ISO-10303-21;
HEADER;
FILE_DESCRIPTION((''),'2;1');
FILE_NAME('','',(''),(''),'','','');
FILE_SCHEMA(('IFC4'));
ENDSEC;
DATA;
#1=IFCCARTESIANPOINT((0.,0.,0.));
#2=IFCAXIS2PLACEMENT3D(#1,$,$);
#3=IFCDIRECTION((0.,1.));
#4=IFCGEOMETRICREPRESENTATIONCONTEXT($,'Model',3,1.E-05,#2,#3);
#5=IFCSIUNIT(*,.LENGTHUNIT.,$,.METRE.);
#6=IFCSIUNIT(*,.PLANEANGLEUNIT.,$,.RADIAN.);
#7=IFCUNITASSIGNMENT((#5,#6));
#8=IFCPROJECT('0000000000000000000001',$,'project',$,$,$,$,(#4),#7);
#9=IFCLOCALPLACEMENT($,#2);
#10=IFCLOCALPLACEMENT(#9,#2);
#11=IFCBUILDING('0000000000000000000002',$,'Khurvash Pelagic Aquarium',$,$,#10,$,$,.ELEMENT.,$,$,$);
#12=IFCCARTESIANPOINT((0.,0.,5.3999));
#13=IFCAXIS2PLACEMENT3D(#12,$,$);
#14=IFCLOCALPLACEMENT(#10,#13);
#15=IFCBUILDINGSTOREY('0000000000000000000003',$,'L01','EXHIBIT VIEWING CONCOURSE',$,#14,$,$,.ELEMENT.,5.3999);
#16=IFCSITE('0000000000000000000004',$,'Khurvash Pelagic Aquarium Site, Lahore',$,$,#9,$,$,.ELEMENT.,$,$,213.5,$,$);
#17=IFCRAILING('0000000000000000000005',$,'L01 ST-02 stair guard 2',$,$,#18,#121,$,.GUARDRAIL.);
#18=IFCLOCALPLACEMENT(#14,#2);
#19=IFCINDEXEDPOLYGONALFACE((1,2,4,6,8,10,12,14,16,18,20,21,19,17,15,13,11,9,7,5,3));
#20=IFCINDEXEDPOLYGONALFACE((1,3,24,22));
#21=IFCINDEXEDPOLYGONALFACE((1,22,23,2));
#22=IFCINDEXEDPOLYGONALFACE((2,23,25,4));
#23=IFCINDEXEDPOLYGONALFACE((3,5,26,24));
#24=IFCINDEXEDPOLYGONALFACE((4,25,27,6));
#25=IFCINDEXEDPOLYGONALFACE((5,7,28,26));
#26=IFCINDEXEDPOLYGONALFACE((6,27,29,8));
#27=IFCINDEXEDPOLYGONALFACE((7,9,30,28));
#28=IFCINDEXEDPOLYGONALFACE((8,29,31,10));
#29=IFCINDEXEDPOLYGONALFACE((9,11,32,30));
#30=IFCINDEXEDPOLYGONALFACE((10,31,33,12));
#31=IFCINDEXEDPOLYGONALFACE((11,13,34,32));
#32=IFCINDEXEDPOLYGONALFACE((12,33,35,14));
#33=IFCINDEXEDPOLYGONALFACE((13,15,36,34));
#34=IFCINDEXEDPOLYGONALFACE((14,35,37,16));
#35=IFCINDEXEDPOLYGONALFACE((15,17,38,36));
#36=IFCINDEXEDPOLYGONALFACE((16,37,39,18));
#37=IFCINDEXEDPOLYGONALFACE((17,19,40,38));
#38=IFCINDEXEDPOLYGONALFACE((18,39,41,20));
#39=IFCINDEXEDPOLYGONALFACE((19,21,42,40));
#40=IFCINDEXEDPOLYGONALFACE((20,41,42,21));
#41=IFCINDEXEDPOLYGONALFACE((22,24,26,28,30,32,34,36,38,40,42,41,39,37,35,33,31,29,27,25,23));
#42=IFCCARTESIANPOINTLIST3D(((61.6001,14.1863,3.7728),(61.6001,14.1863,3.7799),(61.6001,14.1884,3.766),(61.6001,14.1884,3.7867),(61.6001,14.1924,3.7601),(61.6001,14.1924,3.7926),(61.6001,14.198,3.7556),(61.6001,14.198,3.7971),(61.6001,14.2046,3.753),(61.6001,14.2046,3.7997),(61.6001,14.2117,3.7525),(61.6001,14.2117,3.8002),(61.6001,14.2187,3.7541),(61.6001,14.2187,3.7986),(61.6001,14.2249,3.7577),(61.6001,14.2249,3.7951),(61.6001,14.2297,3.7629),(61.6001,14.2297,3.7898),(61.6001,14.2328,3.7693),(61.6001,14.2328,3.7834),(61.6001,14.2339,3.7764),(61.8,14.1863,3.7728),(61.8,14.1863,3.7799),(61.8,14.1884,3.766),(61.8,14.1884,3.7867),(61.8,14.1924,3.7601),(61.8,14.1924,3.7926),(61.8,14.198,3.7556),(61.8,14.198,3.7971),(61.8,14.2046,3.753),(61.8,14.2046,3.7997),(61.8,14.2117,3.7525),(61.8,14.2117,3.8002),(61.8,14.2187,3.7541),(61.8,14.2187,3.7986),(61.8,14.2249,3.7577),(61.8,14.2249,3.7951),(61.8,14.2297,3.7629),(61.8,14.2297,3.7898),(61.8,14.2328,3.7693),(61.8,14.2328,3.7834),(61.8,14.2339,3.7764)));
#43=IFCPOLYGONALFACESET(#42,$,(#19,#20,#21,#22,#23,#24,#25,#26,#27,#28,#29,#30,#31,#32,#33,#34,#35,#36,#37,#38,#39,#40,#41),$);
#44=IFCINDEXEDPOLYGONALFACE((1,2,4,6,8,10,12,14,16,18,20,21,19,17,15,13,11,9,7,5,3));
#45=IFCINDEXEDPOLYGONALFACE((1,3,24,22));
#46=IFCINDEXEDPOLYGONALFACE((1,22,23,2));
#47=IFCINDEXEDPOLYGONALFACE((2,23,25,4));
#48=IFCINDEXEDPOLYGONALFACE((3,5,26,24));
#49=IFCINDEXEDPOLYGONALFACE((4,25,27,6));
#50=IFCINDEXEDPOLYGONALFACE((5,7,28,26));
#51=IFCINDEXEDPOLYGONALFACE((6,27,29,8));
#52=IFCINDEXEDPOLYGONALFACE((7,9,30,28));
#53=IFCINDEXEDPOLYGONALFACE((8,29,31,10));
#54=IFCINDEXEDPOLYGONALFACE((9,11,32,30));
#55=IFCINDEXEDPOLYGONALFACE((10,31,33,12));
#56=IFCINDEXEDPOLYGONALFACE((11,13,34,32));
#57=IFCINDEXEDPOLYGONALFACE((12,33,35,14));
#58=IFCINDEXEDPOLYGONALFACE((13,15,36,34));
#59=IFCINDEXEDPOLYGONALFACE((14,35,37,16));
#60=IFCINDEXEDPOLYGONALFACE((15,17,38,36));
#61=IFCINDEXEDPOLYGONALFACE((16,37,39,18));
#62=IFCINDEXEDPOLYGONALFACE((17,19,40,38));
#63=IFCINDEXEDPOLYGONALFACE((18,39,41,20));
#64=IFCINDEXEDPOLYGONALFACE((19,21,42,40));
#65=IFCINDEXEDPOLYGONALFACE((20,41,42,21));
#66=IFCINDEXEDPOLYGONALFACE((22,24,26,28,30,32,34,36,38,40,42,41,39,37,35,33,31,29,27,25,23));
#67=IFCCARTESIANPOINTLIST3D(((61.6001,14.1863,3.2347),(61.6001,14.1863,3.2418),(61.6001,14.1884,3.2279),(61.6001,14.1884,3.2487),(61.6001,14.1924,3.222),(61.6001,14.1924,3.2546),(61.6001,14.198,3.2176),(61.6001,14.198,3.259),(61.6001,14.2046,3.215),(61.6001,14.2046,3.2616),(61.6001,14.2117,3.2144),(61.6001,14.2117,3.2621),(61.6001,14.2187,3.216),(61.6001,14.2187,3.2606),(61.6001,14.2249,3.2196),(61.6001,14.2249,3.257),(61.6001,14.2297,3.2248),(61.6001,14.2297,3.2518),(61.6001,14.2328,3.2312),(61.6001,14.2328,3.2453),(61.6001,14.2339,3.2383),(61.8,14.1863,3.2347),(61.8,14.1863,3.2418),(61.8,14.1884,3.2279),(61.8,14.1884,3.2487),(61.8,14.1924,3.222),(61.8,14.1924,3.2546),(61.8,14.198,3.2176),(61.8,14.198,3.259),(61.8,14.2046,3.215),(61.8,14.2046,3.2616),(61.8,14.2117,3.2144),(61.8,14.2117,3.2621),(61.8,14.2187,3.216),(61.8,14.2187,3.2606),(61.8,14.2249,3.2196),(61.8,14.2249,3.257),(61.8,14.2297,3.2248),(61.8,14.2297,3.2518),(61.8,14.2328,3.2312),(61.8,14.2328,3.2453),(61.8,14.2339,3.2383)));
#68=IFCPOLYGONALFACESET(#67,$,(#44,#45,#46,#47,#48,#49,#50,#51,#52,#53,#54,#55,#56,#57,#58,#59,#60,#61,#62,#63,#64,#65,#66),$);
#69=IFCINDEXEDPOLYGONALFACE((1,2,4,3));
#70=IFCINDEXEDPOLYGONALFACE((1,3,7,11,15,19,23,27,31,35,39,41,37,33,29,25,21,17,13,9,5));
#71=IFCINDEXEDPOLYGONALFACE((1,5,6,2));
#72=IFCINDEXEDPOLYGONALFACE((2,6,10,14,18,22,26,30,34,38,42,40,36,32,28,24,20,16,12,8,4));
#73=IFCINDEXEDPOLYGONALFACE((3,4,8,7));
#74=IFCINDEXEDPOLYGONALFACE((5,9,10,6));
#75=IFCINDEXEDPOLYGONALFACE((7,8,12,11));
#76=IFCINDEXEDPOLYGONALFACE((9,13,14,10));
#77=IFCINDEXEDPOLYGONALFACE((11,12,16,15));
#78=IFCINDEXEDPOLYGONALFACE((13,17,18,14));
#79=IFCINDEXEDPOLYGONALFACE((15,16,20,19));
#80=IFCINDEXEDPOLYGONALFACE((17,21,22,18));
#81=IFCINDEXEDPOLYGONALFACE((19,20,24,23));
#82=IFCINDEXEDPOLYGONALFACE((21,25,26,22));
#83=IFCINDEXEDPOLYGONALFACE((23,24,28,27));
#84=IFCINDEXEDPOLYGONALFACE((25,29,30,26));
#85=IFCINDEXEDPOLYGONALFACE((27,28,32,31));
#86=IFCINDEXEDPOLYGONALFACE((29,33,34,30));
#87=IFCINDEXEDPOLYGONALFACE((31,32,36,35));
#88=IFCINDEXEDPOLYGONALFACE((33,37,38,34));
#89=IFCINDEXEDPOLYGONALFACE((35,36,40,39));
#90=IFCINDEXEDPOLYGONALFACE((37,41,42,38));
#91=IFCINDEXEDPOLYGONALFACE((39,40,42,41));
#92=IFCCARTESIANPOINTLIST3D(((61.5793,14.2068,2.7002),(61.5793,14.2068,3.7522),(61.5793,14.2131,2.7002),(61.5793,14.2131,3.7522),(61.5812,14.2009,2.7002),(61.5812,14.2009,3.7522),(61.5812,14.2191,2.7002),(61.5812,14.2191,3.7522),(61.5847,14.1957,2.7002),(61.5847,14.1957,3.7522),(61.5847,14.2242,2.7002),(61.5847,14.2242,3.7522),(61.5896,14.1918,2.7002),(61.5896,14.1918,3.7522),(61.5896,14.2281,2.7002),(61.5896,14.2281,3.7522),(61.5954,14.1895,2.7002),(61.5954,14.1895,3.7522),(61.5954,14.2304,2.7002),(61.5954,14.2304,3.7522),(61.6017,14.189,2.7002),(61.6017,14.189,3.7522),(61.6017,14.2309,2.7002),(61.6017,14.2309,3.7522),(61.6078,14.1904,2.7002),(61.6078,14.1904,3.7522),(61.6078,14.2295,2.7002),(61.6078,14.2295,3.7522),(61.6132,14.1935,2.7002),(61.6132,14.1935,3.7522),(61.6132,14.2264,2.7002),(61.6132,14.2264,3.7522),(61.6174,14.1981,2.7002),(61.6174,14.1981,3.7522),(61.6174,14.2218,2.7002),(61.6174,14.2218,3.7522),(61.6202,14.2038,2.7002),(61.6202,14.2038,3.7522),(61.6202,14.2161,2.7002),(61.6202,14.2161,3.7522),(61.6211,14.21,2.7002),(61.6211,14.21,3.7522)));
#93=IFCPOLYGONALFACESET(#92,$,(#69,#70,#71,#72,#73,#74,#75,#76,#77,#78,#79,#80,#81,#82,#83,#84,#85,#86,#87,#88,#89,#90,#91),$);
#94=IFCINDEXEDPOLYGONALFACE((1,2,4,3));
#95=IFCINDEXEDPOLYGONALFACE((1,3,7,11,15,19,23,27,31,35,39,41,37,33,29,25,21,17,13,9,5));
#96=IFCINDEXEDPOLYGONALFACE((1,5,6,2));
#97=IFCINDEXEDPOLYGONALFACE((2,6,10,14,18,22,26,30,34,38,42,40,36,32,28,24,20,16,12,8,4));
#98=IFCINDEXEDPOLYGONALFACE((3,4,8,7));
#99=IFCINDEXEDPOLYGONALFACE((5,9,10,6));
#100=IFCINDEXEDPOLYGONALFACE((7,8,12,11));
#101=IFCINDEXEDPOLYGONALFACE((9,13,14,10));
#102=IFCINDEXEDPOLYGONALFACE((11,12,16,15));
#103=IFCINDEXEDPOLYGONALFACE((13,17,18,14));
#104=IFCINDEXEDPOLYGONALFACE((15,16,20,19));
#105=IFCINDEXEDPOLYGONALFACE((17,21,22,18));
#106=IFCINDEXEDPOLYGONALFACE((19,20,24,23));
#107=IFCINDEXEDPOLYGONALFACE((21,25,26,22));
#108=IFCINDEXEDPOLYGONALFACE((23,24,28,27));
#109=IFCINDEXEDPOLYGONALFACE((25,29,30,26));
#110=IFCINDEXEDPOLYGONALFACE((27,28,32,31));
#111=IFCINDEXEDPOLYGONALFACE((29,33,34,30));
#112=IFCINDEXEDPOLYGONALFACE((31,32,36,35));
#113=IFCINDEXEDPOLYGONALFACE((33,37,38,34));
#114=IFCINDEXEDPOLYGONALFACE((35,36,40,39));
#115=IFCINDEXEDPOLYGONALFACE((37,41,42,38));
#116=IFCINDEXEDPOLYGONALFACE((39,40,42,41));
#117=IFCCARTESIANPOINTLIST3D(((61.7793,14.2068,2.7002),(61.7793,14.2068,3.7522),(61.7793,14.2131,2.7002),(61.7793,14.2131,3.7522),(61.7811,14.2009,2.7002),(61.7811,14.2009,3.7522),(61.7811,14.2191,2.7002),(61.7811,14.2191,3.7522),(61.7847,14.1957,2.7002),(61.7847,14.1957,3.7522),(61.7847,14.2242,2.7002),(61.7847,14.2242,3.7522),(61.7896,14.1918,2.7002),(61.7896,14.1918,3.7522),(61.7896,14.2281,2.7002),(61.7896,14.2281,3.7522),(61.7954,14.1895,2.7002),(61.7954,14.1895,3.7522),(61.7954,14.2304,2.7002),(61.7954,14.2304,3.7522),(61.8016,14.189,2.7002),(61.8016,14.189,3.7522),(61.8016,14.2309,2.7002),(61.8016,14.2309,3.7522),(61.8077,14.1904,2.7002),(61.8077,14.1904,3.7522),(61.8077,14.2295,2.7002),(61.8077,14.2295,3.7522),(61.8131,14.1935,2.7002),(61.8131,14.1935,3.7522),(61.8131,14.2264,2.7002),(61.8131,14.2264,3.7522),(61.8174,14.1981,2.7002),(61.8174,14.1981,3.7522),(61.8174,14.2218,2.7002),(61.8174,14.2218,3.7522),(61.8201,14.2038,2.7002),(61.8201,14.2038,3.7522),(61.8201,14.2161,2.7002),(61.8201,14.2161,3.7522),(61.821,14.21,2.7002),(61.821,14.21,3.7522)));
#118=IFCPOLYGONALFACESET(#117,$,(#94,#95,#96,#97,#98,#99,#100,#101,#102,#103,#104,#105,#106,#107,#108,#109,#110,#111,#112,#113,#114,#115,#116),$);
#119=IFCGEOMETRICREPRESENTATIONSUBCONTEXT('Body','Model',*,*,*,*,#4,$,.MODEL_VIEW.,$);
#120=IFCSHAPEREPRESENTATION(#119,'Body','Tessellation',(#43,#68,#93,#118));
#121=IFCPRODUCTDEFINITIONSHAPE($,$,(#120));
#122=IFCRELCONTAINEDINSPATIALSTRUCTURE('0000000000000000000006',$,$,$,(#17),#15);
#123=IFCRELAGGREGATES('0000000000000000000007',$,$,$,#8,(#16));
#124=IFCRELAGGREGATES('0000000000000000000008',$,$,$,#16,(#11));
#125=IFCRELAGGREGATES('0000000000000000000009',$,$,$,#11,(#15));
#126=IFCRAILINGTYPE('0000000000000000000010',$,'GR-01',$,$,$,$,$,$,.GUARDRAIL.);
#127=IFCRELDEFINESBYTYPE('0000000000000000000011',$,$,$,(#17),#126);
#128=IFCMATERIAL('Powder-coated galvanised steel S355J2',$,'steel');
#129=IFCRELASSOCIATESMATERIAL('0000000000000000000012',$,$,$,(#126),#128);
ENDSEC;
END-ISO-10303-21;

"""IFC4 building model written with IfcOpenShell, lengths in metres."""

from ifc_helpers import new_model, si_unit, direction, frame, origin, origin_2d, place, context, subcontext, project, spatial, circle, extrude, material, type_object, element, save


model = new_model("IFC4")

# Units and contexts
model_context = context("Model", 3, precision=1e-05, world=origin(), true_north=direction((0.0, 1.0)))
body_context = subcontext(model_context, "Body", "Model", "MODEL_VIEW")
ifc_project = project(units=[si_unit("LENGTHUNIT", "METRE"), si_unit("PLANEANGLEUNIT", "RADIAN")], contexts=[model_context])

# Site, building, storey
site_placement = place(None, origin())
site = spatial("IfcSite", under=ifc_project, at=site_placement, Name="Khurvash Pelagic Aquarium Site, Lahore", CompositionType="ELEMENT", RefElevation=213.5)
building_placement = place(site_placement, origin())
building = spatial("IfcBuilding", under=site, at=building_placement, Name="Khurvash Pelagic Aquarium", CompositionType="ELEMENT")
storey_placement = place(building_placement, frame((0.0, 0.0, 5.3999)))
storey = spatial("IfcBuildingStorey", under=building, at=storey_placement, Name="L01", Description="EXHIBIT VIEWING CONCOURSE", CompositionType="ELEMENT", Elevation=5.3999)

# Railing
ifc_material_1 = material(Name="Powder-coated galvanised steel S355J2", Category="steel")
railing_type = type_object("IfcRailingType", Name="GR-01", PredefinedType="GUARDRAIL", material=ifc_material_1)
railing_placement = place(storey_placement, frame((61.6001, 14.21, 2.7002)))
element("IfcRailing", 1, at=railing_placement, inside=storey, type_object=railing_type, Name="L01 ST-02 stair guard 2", PredefinedType="GUARDRAIL", context=body_context, shape_type="SweptSolid", body=[
    extrude(circle(Radius=0.0239, at=origin_2d()), frame((0.0, 0.0, 1.0762), z_axis=(1.0, 0.0, 0.0), x_axis=(0.0, 1.0, 0.0)), (0.0, 0.0, 1.0), 0.2),
    extrude(circle(Radius=0.0239, at=origin_2d()), frame((0.0, 0.0, 0.5381), z_axis=(1.0, 0.0, 0.0), x_axis=(0.0, 1.0, 0.0)), (0.0, 0.0, 1.0), 0.2),
    extrude(circle(Radius=0.021, at=origin_2d()), origin(), (0.0, 0.0, 1.0), 1.052),
    extrude(circle(Radius=0.021, at=origin_2d()), frame((0.2, 0.0, 0.0)), (0.0, 0.0, 1.0), 1.052),
])

save(model, "model.ifc")
